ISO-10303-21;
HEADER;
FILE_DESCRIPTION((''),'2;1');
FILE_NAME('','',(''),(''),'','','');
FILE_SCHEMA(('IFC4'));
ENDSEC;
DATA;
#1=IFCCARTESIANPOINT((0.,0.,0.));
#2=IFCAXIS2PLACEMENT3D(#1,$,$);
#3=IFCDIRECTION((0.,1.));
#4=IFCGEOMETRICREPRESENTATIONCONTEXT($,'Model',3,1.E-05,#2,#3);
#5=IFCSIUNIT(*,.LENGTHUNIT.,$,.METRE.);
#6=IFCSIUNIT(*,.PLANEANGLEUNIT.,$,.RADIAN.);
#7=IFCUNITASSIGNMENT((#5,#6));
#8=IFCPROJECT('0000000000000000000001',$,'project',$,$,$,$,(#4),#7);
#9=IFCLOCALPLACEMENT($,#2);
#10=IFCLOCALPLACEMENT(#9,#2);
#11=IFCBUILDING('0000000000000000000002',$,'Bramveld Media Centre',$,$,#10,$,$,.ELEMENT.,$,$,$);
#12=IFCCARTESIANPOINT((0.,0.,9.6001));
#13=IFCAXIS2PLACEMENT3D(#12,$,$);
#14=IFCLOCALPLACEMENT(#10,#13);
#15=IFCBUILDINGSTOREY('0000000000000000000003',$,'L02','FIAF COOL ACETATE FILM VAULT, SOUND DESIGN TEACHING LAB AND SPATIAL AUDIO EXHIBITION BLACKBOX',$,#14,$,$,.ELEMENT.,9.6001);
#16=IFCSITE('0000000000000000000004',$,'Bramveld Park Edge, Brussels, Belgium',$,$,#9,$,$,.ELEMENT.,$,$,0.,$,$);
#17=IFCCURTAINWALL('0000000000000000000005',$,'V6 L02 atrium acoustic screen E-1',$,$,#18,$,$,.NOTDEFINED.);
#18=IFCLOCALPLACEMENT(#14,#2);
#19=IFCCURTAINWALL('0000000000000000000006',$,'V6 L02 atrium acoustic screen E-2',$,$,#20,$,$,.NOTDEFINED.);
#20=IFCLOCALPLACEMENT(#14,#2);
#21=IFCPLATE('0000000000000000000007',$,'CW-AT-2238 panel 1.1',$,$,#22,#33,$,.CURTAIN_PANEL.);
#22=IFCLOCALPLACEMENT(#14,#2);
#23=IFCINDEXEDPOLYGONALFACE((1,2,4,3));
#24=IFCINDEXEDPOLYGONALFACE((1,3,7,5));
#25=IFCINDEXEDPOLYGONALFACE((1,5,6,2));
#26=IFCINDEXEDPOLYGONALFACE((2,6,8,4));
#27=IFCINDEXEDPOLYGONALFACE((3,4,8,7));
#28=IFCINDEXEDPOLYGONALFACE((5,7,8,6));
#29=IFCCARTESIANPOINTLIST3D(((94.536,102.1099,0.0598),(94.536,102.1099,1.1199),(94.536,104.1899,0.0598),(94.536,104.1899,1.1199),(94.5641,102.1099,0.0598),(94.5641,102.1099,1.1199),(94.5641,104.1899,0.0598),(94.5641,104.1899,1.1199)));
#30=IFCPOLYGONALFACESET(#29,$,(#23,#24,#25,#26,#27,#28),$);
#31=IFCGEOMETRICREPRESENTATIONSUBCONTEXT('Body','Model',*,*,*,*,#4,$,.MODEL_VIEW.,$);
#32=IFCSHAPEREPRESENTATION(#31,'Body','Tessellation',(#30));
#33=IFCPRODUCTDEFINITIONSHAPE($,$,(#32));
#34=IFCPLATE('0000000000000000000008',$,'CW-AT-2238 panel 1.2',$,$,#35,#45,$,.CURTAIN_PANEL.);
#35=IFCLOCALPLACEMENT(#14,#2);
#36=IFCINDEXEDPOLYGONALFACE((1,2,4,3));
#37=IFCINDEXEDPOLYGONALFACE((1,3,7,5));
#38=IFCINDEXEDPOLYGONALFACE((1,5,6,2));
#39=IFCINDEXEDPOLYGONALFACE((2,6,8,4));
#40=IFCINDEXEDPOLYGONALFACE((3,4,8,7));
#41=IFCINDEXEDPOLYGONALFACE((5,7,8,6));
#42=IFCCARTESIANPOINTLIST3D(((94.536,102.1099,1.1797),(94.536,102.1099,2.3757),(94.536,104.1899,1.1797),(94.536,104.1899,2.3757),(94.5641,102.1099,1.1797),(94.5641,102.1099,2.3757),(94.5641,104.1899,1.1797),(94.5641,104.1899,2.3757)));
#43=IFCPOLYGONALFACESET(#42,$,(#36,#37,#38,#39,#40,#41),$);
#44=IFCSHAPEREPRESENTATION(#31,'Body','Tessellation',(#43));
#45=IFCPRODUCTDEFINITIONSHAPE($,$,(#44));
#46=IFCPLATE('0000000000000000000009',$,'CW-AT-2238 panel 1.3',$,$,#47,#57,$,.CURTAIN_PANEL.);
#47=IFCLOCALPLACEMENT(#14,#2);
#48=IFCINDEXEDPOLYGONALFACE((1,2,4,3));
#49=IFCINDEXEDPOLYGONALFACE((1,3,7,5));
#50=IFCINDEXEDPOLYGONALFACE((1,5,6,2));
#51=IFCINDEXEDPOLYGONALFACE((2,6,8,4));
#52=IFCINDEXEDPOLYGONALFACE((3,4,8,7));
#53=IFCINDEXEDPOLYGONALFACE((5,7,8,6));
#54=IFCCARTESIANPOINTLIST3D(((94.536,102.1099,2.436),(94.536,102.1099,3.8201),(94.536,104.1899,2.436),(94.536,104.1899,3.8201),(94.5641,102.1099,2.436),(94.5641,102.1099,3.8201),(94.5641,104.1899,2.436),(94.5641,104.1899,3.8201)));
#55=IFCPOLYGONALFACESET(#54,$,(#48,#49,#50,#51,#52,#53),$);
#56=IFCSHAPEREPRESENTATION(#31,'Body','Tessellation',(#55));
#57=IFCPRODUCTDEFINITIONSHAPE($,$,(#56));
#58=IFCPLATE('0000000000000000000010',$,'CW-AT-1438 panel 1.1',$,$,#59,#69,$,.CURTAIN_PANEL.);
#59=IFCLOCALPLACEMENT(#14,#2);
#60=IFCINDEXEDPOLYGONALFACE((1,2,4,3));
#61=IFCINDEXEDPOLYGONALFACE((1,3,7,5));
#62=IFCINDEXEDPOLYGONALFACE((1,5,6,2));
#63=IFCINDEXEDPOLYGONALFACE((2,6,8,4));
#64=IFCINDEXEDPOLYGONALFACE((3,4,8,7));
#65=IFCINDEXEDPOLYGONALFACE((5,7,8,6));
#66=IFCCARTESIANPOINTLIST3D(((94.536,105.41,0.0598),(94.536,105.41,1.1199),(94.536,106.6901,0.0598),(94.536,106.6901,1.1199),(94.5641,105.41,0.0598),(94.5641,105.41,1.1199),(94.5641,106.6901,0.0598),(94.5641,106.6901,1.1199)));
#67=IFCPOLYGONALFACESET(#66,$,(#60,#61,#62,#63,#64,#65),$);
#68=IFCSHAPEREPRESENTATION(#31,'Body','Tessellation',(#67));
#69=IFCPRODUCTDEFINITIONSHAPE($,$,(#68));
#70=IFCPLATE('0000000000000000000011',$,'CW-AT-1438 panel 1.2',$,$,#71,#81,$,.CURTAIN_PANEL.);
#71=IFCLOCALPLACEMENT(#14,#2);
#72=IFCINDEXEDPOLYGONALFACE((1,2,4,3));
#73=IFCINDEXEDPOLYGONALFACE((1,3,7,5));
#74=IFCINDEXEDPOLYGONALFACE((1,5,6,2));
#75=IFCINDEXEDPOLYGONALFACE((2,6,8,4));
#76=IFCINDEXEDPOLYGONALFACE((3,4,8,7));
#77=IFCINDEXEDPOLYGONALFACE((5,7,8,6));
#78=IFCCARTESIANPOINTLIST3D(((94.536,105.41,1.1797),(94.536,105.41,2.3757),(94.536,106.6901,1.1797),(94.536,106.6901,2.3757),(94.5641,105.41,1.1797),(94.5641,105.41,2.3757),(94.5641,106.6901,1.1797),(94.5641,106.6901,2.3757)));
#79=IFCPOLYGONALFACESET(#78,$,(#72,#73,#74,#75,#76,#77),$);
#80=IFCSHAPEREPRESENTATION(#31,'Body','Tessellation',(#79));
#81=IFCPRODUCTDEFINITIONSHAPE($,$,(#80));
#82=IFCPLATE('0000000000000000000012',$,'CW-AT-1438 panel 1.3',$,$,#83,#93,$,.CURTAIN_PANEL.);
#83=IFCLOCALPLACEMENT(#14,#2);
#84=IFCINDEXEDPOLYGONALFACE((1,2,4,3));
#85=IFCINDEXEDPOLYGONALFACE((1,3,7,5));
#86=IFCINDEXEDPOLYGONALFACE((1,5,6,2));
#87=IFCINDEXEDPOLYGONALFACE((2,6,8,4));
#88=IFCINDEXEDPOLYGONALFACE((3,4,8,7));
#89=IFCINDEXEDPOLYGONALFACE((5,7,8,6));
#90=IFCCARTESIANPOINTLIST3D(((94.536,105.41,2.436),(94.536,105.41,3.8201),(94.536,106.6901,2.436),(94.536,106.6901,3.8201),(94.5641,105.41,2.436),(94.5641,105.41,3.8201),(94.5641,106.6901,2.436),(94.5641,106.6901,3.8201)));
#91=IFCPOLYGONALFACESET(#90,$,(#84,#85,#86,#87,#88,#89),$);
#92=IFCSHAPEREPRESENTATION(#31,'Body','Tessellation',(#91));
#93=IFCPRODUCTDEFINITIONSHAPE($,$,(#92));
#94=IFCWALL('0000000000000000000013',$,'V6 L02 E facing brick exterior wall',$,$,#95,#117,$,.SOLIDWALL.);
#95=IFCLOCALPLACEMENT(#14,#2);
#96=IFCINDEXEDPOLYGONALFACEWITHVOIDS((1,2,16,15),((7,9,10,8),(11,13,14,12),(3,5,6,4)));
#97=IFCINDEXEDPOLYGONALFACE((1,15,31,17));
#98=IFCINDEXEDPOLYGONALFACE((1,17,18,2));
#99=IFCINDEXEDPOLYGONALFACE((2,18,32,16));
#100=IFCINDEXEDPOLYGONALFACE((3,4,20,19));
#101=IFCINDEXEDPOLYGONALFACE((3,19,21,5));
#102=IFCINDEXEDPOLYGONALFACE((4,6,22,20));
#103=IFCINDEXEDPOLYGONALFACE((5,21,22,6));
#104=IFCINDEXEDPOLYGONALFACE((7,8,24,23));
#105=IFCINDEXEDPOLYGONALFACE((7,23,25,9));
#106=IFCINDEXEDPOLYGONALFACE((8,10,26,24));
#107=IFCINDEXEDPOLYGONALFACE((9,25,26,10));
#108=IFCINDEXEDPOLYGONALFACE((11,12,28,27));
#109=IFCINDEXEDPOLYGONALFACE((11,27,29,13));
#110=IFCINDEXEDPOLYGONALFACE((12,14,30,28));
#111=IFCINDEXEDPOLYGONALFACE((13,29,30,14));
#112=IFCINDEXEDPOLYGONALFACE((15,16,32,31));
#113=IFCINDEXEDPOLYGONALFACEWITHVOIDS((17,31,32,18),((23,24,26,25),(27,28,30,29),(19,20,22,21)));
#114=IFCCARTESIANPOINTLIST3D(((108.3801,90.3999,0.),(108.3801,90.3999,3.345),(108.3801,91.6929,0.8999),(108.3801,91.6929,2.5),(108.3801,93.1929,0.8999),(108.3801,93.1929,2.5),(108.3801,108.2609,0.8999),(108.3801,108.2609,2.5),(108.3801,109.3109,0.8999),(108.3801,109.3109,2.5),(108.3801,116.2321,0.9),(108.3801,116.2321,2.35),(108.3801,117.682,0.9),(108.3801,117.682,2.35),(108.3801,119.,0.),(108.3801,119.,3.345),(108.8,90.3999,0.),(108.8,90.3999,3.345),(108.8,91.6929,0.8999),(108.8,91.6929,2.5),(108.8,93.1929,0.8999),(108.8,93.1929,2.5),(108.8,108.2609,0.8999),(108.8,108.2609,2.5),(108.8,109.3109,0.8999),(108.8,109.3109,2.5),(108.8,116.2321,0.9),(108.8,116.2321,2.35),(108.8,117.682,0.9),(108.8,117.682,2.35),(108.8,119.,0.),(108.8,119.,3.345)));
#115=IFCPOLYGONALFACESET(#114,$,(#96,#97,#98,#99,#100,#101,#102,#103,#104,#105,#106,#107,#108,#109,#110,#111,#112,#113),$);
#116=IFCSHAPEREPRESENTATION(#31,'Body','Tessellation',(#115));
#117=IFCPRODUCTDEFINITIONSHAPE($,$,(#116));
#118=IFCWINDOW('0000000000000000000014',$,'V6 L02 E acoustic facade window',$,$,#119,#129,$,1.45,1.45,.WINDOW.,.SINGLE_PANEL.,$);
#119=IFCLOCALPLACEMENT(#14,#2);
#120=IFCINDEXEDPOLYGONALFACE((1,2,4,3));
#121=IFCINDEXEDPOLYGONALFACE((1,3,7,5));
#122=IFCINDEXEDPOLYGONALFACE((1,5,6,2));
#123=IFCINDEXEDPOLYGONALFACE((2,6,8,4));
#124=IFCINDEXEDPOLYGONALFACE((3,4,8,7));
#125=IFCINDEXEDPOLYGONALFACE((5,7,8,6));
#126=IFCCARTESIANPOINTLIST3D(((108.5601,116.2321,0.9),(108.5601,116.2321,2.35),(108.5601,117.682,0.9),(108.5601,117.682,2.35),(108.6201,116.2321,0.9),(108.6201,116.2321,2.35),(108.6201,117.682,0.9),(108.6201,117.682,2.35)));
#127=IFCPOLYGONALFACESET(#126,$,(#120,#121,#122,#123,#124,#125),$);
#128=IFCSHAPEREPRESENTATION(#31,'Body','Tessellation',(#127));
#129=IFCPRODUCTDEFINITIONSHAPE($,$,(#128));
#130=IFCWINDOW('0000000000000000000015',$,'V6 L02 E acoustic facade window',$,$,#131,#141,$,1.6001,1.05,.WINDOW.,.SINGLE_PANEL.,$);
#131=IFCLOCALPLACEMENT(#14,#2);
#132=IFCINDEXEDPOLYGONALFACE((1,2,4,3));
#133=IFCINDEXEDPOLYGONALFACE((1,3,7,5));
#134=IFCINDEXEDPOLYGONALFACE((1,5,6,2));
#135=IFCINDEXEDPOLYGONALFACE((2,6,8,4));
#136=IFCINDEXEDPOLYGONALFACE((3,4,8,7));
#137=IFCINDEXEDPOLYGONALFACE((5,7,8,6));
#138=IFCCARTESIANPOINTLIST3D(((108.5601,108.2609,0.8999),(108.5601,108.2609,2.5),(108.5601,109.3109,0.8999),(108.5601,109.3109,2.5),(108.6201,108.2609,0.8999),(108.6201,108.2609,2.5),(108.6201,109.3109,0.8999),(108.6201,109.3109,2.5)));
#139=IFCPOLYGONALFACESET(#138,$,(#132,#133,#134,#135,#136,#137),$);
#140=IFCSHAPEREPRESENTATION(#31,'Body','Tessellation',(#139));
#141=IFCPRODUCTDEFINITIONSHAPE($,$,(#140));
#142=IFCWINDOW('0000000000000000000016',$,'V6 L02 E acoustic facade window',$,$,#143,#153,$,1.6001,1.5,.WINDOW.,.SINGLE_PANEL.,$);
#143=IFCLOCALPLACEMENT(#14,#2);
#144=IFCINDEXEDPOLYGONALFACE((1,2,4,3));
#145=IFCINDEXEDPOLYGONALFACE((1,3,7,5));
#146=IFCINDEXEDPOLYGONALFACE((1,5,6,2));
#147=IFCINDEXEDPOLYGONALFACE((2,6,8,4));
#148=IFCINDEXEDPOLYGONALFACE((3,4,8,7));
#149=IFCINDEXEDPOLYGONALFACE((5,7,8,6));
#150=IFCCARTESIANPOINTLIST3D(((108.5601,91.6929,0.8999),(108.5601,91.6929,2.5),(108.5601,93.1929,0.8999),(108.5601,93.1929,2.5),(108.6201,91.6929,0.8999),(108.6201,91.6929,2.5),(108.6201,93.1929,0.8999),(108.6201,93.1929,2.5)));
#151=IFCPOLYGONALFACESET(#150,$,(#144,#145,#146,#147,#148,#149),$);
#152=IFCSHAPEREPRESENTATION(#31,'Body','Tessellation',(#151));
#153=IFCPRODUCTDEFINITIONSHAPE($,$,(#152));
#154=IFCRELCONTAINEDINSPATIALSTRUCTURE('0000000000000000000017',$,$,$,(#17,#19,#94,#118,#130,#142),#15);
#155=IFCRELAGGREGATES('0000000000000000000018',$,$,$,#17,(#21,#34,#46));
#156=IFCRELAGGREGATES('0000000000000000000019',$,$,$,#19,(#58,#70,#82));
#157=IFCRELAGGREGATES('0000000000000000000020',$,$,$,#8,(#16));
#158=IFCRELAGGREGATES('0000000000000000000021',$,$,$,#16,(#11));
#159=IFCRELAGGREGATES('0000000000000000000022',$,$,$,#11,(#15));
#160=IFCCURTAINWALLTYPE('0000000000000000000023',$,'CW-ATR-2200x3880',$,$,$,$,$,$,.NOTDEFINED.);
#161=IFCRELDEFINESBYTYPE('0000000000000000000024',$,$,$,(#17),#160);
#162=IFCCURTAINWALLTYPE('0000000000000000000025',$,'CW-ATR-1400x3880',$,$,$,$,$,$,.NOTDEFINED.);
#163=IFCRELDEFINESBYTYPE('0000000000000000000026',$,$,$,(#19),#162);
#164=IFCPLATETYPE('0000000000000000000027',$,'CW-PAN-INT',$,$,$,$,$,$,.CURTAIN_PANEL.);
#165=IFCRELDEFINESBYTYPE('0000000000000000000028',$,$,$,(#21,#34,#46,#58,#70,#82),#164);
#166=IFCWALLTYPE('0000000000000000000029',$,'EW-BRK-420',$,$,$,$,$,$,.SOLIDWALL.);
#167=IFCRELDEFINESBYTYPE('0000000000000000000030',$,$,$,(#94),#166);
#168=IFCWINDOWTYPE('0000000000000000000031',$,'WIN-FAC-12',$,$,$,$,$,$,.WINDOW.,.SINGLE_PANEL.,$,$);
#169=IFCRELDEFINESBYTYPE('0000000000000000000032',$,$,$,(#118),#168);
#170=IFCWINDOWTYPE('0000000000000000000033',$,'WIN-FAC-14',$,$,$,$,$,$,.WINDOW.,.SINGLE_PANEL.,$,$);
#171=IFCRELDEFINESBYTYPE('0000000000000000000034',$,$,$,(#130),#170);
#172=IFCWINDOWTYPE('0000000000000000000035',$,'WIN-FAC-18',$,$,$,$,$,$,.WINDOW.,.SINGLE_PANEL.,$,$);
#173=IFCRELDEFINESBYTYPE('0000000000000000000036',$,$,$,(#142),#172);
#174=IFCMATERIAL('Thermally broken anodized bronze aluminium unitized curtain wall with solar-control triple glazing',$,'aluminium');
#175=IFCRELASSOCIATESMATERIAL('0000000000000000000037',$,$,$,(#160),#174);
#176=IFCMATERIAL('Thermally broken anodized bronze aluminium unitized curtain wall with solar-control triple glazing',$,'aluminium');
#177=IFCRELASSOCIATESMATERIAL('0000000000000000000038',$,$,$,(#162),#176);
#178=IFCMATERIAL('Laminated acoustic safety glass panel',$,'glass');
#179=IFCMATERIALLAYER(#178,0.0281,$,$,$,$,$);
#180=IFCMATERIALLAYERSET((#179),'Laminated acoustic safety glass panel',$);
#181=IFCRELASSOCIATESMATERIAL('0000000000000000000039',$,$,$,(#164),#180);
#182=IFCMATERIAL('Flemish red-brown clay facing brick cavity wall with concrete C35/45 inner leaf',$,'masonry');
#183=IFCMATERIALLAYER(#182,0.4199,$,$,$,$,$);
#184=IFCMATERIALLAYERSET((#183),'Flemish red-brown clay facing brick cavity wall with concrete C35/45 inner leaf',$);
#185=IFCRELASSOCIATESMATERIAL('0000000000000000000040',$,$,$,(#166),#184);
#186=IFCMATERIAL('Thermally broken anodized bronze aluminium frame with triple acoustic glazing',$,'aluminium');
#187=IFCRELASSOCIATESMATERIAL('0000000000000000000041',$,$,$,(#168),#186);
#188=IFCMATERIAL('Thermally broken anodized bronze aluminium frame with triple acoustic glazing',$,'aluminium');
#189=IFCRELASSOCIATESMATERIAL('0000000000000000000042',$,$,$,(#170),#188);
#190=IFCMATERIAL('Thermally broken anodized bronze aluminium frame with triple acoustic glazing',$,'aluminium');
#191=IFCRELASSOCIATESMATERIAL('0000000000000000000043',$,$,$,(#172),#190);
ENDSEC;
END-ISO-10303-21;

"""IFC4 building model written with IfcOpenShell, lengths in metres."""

from ifc_helpers import new_model, si_unit, direction, frame, frame_2d, origin, origin_2d, place, context, subcontext, project, spatial, rectangle, extrude, material, layer, layer_set, type_object, element, fill, aggregate, save


model = new_model("IFC4")

# Units and contexts
model_context = context("Model", 3, precision=1e-05, world=origin(), true_north=direction((0.0, 1.0)))
body_context = subcontext(model_context, "Body", "Model", "MODEL_VIEW")
ifc_project = project(units=[si_unit("LENGTHUNIT", "METRE"), si_unit("PLANEANGLEUNIT", "RADIAN")], contexts=[model_context])

# Site, building, storey
site_placement = place(None, origin())
site = spatial("IfcSite", under=ifc_project, at=site_placement, Name="Bramveld Park Edge, Brussels, Belgium", CompositionType="ELEMENT", RefElevation=0.0)
building_placement = place(site_placement, origin())
building = spatial("IfcBuilding", under=site, at=building_placement, Name="Bramveld Media Centre", CompositionType="ELEMENT")
storey_placement = place(building_placement, frame((0.0, 0.0, 9.6001)))
storey = spatial("IfcBuildingStorey", under=building, at=storey_placement, Name="L02", Description="FIAF COOL ACETATE FILM VAULT, SOUND DESIGN TEACHING LAB AND SPATIAL AUDIO EXHIBITION BLACKBOX", CompositionType="ELEMENT", Elevation=9.6001)

# Curtain wall
ifc_material_1 = material(Name="Thermally broken anodized bronze aluminium unitized curtain wall with solar-control triple glazing", Category="aluminium")
curtain_wall_type_1 = type_object("IfcCurtainWallType", Name="CW-ATR-2200x3880", PredefinedType="NOTDEFINED", material=ifc_material_1)
curtain_wall_1_placement = place(storey_placement, origin())
curtain_wall_1 = element("IfcCurtainWall", 1, at=curtain_wall_1_placement, inside=storey, type_object=curtain_wall_type_1, Name="V6 L02 atrium acoustic screen E-1", PredefinedType="NOTDEFINED")

# Curtain wall
ifc_material_2 = material(Name="Thermally broken anodized bronze aluminium unitized curtain wall with solar-control triple glazing", Category="aluminium")
curtain_wall_type_2 = type_object("IfcCurtainWallType", Name="CW-ATR-1400x3880", PredefinedType="NOTDEFINED", material=ifc_material_2)
curtain_wall_2_placement = place(storey_placement, origin())
curtain_wall_2 = element("IfcCurtainWall", 2, at=curtain_wall_2_placement, inside=storey, type_object=curtain_wall_type_2, Name="V6 L02 atrium acoustic screen E-2", PredefinedType="NOTDEFINED")

# Plates
ifc_material_3 = material(Name="Laminated acoustic safety glass panel", Category="glass")
ifc_layer_1 = layer(ifc_material_3, 0.0281)
ifc_layer_set_1 = layer_set([ifc_layer_1], Name="Laminated acoustic safety glass panel")
plate_type = type_object("IfcPlateType", Name="CW-PAN-INT", PredefinedType="CURTAIN_PANEL", material=ifc_layer_set_1)
plate_1_placement = place(storey_placement, frame((94.55, 103.1499, 0.0598), z_axis=(0.0, 0.0, 1.0), x_axis=(0.0, 1.0, 0.0)))
plate_1 = element("IfcPlate", 3, at=plate_1_placement, type_object=plate_type, Name="CW-AT-2238 panel 1.1", PredefinedType="CURTAIN_PANEL", context=body_context, shape_type="SweptSolid", body=[
    extrude(rectangle(XDim=2.0801, YDim=0.0281, at=origin_2d()), origin(), (0.0, 0.0, 1.0), 1.0601),
])
plate_2_placement = place(storey_placement, frame((94.55, 103.1499, 1.1797), z_axis=(0.0, 0.0, 1.0), x_axis=(0.0, 1.0, 0.0)))
plate_2 = element("IfcPlate", 4, at=plate_2_placement, type_object=plate_type, Name="CW-AT-2238 panel 1.2", PredefinedType="CURTAIN_PANEL", context=body_context, shape_type="SweptSolid", body=[
    extrude(rectangle(XDim=2.0801, YDim=0.0281, at=origin_2d()), origin(), (0.0, 0.0, 1.0), 1.196),
])
plate_3_placement = place(storey_placement, frame((94.55, 103.1499, 2.436), z_axis=(0.0, 0.0, 1.0), x_axis=(0.0, 1.0, 0.0)))
plate_3 = element("IfcPlate", 5, at=plate_3_placement, type_object=plate_type, Name="CW-AT-2238 panel 1.3", PredefinedType="CURTAIN_PANEL", context=body_context, shape_type="SweptSolid", body=[
    extrude(rectangle(XDim=2.0801, YDim=0.0281, at=origin_2d()), origin(), (0.0, 0.0, 1.0), 1.384),
])
aggregate(curtain_wall_1, [plate_1, plate_2, plate_3])
plate_4_placement = place(storey_placement, frame((94.55, 106.05, 0.0598), z_axis=(0.0, 0.0, 1.0), x_axis=(0.0, 1.0, 0.0)))
plate_4 = element("IfcPlate", 6, at=plate_4_placement, type_object=plate_type, Name="CW-AT-1438 panel 1.1", PredefinedType="CURTAIN_PANEL", context=body_context, shape_type="SweptSolid", body=[
    extrude(rectangle(XDim=1.28, YDim=0.0281, at=origin_2d()), origin(), (0.0, 0.0, 1.0), 1.0601),
])
plate_5_placement = place(storey_placement, frame((94.55, 106.05, 1.1797), z_axis=(0.0, 0.0, 1.0), x_axis=(0.0, 1.0, 0.0)))
plate_5 = element("IfcPlate", 7, at=plate_5_placement, type_object=plate_type, Name="CW-AT-1438 panel 1.2", PredefinedType="CURTAIN_PANEL", context=body_context, shape_type="SweptSolid", body=[
    extrude(rectangle(XDim=1.28, YDim=0.0281, at=origin_2d()), origin(), (0.0, 0.0, 1.0), 1.196),
])
plate_6_placement = place(storey_placement, frame((94.55, 106.05, 2.436), z_axis=(0.0, 0.0, 1.0), x_axis=(0.0, 1.0, 0.0)))
plate_6 = element("IfcPlate", 8, at=plate_6_placement, type_object=plate_type, Name="CW-AT-1438 panel 1.3", PredefinedType="CURTAIN_PANEL", context=body_context, shape_type="SweptSolid", body=[
    extrude(rectangle(XDim=1.28, YDim=0.0281, at=origin_2d()), origin(), (0.0, 0.0, 1.0), 1.384),
])
aggregate(curtain_wall_2, [plate_4, plate_5, plate_6])

# Wall, openings, windows
ifc_material_4 = material(Name="Flemish red-brown clay facing brick cavity wall with concrete C35/45 inner leaf", Category="masonry")
ifc_layer_2 = layer(ifc_material_4, 0.4199)
ifc_layer_set_2 = layer_set([ifc_layer_2], Name="Flemish red-brown clay facing brick cavity wall with concrete C35/45 inner leaf")
wall_type = type_object("IfcWallType", Name="EW-BRK-420", PredefinedType="SOLIDWALL", material=ifc_layer_set_2)
wall_placement = place(storey_placement, frame((108.5901, 119.0, 0.0), z_axis=(0.0, 0.0, 1.0), x_axis=(0.0, -1.0, 0.0)))
wall = element("IfcWall", 9, at=wall_placement, inside=storey, type_object=wall_type, Name="V6 L02 E facing brick exterior wall", PredefinedType="SOLIDWALL", context=body_context, shape_type="SweptSolid", body=[
    extrude(rectangle(XDim=28.6001, YDim=0.4199, at=frame_2d((14.3, 0.0))), origin(), (0.0, 0.0, 1.0), 3.345),
])
opening_1_placement = place(wall_placement, frame((1.3179, 0.0, 0.8999)))
opening_1 = element("IfcOpeningElement", 10, at=opening_1_placement, cuts=wall, PredefinedType="OPENING", context=body_context, shape_type="SweptSolid", body=[
    extrude(rectangle(XDim=1.45, YDim=1.45, at=frame_2d((0.7251, 0.7251))), frame((0.0, 0.2219, 0.0), z_axis=(0.0, -1.0, 0.0), x_axis=(1.0, 0.0, 0.0)), (0.0, 0.0, 1.0), 0.4438),
])
opening_2_placement = place(wall_placement, frame((9.6892, 0.0, 0.8999)))
opening_2 = element("IfcOpeningElement", 11, at=opening_2_placement, cuts=wall, PredefinedType="OPENING", context=body_context, shape_type="SweptSolid", body=[
    extrude(rectangle(XDim=1.05, YDim=1.6001, at=frame_2d((0.5249, 0.8))), frame((0.0, 0.2219, 0.0), z_axis=(0.0, -1.0, 0.0), x_axis=(1.0, 0.0, 0.0)), (0.0, 0.0, 1.0), 0.4438),
])
opening_3_placement = place(wall_placement, frame((25.8071, 0.0, 0.8999)))
opening_3 = element("IfcOpeningElement", 12, at=opening_3_placement, cuts=wall, PredefinedType="OPENING", context=body_context, shape_type="SweptSolid", body=[
    extrude(rectangle(XDim=1.5, YDim=1.6001, at=frame_2d((0.75, 0.8))), frame((0.0, 0.2219, 0.0), z_axis=(0.0, -1.0, 0.0), x_axis=(1.0, 0.0, 0.0)), (0.0, 0.0, 1.0), 0.4438),
])
ifc_material_5 = material(Name="Thermally broken anodized bronze aluminium frame with triple acoustic glazing", Category="aluminium")
window_type_1 = type_object("IfcWindowType", Name="WIN-FAC-12", PartitioningType="SINGLE_PANEL", PredefinedType="WINDOW", material=ifc_material_5)
window_1_placement = place(opening_1_placement, origin())
window_1 = element("IfcWindow", 13, at=window_1_placement, inside=storey, type_object=window_type_1, Name="V6 L02 E acoustic facade window", OverallHeight=1.45, OverallWidth=1.45, PartitioningType="SINGLE_PANEL", PredefinedType="WINDOW", context=body_context, shape_type="SweptSolid", body=[
    extrude(rectangle(XDim=1.45, YDim=1.45, at=frame_2d((0.7251, 0.7251))), frame((0.0, 0.03, 0.0), z_axis=(0.0, -1.0, 0.0), x_axis=(1.0, 0.0, 0.0)), (0.0, 0.0, 1.0), 0.0601),
])
fill(opening_1, window_1)
ifc_material_6 = material(Name="Thermally broken anodized bronze aluminium frame with triple acoustic glazing", Category="aluminium")
window_type_2 = type_object("IfcWindowType", Name="WIN-FAC-14", PartitioningType="SINGLE_PANEL", PredefinedType="WINDOW", material=ifc_material_6)
window_2_placement = place(opening_2_placement, origin())
window_2 = element("IfcWindow", 14, at=window_2_placement, inside=storey, type_object=window_type_2, Name="V6 L02 E acoustic facade window", OverallHeight=1.6001, OverallWidth=1.05, PartitioningType="SINGLE_PANEL", PredefinedType="WINDOW", context=body_context, shape_type="SweptSolid", body=[
    extrude(rectangle(XDim=1.05, YDim=1.6001, at=frame_2d((0.5249, 0.8))), frame((0.0, 0.03, 0.0), z_axis=(0.0, -1.0, 0.0), x_axis=(1.0, 0.0, 0.0)), (0.0, 0.0, 1.0), 0.0601),
])
fill(opening_2, window_2)
ifc_material_7 = material(Name="Thermally broken anodized bronze aluminium frame with triple acoustic glazing", Category="aluminium")
window_type_3 = type_object("IfcWindowType", Name="WIN-FAC-18", PartitioningType="SINGLE_PANEL", PredefinedType="WINDOW", material=ifc_material_7)
window_3_placement = place(opening_3_placement, origin())
window_3 = element("IfcWindow", 15, at=window_3_placement, inside=storey, type_object=window_type_3, Name="V6 L02 E acoustic facade window", OverallHeight=1.6001, OverallWidth=1.5, PartitioningType="SINGLE_PANEL", PredefinedType="WINDOW", context=body_context, shape_type="SweptSolid", body=[
    extrude(rectangle(XDim=1.5, YDim=1.6001, at=frame_2d((0.75, 0.8))), frame((0.0, 0.03, 0.0), z_axis=(0.0, -1.0, 0.0), x_axis=(1.0, 0.0, 0.0)), (0.0, 0.0, 1.0), 0.0601),
])
fill(opening_3, window_3)

save(model, "model.ifc")
